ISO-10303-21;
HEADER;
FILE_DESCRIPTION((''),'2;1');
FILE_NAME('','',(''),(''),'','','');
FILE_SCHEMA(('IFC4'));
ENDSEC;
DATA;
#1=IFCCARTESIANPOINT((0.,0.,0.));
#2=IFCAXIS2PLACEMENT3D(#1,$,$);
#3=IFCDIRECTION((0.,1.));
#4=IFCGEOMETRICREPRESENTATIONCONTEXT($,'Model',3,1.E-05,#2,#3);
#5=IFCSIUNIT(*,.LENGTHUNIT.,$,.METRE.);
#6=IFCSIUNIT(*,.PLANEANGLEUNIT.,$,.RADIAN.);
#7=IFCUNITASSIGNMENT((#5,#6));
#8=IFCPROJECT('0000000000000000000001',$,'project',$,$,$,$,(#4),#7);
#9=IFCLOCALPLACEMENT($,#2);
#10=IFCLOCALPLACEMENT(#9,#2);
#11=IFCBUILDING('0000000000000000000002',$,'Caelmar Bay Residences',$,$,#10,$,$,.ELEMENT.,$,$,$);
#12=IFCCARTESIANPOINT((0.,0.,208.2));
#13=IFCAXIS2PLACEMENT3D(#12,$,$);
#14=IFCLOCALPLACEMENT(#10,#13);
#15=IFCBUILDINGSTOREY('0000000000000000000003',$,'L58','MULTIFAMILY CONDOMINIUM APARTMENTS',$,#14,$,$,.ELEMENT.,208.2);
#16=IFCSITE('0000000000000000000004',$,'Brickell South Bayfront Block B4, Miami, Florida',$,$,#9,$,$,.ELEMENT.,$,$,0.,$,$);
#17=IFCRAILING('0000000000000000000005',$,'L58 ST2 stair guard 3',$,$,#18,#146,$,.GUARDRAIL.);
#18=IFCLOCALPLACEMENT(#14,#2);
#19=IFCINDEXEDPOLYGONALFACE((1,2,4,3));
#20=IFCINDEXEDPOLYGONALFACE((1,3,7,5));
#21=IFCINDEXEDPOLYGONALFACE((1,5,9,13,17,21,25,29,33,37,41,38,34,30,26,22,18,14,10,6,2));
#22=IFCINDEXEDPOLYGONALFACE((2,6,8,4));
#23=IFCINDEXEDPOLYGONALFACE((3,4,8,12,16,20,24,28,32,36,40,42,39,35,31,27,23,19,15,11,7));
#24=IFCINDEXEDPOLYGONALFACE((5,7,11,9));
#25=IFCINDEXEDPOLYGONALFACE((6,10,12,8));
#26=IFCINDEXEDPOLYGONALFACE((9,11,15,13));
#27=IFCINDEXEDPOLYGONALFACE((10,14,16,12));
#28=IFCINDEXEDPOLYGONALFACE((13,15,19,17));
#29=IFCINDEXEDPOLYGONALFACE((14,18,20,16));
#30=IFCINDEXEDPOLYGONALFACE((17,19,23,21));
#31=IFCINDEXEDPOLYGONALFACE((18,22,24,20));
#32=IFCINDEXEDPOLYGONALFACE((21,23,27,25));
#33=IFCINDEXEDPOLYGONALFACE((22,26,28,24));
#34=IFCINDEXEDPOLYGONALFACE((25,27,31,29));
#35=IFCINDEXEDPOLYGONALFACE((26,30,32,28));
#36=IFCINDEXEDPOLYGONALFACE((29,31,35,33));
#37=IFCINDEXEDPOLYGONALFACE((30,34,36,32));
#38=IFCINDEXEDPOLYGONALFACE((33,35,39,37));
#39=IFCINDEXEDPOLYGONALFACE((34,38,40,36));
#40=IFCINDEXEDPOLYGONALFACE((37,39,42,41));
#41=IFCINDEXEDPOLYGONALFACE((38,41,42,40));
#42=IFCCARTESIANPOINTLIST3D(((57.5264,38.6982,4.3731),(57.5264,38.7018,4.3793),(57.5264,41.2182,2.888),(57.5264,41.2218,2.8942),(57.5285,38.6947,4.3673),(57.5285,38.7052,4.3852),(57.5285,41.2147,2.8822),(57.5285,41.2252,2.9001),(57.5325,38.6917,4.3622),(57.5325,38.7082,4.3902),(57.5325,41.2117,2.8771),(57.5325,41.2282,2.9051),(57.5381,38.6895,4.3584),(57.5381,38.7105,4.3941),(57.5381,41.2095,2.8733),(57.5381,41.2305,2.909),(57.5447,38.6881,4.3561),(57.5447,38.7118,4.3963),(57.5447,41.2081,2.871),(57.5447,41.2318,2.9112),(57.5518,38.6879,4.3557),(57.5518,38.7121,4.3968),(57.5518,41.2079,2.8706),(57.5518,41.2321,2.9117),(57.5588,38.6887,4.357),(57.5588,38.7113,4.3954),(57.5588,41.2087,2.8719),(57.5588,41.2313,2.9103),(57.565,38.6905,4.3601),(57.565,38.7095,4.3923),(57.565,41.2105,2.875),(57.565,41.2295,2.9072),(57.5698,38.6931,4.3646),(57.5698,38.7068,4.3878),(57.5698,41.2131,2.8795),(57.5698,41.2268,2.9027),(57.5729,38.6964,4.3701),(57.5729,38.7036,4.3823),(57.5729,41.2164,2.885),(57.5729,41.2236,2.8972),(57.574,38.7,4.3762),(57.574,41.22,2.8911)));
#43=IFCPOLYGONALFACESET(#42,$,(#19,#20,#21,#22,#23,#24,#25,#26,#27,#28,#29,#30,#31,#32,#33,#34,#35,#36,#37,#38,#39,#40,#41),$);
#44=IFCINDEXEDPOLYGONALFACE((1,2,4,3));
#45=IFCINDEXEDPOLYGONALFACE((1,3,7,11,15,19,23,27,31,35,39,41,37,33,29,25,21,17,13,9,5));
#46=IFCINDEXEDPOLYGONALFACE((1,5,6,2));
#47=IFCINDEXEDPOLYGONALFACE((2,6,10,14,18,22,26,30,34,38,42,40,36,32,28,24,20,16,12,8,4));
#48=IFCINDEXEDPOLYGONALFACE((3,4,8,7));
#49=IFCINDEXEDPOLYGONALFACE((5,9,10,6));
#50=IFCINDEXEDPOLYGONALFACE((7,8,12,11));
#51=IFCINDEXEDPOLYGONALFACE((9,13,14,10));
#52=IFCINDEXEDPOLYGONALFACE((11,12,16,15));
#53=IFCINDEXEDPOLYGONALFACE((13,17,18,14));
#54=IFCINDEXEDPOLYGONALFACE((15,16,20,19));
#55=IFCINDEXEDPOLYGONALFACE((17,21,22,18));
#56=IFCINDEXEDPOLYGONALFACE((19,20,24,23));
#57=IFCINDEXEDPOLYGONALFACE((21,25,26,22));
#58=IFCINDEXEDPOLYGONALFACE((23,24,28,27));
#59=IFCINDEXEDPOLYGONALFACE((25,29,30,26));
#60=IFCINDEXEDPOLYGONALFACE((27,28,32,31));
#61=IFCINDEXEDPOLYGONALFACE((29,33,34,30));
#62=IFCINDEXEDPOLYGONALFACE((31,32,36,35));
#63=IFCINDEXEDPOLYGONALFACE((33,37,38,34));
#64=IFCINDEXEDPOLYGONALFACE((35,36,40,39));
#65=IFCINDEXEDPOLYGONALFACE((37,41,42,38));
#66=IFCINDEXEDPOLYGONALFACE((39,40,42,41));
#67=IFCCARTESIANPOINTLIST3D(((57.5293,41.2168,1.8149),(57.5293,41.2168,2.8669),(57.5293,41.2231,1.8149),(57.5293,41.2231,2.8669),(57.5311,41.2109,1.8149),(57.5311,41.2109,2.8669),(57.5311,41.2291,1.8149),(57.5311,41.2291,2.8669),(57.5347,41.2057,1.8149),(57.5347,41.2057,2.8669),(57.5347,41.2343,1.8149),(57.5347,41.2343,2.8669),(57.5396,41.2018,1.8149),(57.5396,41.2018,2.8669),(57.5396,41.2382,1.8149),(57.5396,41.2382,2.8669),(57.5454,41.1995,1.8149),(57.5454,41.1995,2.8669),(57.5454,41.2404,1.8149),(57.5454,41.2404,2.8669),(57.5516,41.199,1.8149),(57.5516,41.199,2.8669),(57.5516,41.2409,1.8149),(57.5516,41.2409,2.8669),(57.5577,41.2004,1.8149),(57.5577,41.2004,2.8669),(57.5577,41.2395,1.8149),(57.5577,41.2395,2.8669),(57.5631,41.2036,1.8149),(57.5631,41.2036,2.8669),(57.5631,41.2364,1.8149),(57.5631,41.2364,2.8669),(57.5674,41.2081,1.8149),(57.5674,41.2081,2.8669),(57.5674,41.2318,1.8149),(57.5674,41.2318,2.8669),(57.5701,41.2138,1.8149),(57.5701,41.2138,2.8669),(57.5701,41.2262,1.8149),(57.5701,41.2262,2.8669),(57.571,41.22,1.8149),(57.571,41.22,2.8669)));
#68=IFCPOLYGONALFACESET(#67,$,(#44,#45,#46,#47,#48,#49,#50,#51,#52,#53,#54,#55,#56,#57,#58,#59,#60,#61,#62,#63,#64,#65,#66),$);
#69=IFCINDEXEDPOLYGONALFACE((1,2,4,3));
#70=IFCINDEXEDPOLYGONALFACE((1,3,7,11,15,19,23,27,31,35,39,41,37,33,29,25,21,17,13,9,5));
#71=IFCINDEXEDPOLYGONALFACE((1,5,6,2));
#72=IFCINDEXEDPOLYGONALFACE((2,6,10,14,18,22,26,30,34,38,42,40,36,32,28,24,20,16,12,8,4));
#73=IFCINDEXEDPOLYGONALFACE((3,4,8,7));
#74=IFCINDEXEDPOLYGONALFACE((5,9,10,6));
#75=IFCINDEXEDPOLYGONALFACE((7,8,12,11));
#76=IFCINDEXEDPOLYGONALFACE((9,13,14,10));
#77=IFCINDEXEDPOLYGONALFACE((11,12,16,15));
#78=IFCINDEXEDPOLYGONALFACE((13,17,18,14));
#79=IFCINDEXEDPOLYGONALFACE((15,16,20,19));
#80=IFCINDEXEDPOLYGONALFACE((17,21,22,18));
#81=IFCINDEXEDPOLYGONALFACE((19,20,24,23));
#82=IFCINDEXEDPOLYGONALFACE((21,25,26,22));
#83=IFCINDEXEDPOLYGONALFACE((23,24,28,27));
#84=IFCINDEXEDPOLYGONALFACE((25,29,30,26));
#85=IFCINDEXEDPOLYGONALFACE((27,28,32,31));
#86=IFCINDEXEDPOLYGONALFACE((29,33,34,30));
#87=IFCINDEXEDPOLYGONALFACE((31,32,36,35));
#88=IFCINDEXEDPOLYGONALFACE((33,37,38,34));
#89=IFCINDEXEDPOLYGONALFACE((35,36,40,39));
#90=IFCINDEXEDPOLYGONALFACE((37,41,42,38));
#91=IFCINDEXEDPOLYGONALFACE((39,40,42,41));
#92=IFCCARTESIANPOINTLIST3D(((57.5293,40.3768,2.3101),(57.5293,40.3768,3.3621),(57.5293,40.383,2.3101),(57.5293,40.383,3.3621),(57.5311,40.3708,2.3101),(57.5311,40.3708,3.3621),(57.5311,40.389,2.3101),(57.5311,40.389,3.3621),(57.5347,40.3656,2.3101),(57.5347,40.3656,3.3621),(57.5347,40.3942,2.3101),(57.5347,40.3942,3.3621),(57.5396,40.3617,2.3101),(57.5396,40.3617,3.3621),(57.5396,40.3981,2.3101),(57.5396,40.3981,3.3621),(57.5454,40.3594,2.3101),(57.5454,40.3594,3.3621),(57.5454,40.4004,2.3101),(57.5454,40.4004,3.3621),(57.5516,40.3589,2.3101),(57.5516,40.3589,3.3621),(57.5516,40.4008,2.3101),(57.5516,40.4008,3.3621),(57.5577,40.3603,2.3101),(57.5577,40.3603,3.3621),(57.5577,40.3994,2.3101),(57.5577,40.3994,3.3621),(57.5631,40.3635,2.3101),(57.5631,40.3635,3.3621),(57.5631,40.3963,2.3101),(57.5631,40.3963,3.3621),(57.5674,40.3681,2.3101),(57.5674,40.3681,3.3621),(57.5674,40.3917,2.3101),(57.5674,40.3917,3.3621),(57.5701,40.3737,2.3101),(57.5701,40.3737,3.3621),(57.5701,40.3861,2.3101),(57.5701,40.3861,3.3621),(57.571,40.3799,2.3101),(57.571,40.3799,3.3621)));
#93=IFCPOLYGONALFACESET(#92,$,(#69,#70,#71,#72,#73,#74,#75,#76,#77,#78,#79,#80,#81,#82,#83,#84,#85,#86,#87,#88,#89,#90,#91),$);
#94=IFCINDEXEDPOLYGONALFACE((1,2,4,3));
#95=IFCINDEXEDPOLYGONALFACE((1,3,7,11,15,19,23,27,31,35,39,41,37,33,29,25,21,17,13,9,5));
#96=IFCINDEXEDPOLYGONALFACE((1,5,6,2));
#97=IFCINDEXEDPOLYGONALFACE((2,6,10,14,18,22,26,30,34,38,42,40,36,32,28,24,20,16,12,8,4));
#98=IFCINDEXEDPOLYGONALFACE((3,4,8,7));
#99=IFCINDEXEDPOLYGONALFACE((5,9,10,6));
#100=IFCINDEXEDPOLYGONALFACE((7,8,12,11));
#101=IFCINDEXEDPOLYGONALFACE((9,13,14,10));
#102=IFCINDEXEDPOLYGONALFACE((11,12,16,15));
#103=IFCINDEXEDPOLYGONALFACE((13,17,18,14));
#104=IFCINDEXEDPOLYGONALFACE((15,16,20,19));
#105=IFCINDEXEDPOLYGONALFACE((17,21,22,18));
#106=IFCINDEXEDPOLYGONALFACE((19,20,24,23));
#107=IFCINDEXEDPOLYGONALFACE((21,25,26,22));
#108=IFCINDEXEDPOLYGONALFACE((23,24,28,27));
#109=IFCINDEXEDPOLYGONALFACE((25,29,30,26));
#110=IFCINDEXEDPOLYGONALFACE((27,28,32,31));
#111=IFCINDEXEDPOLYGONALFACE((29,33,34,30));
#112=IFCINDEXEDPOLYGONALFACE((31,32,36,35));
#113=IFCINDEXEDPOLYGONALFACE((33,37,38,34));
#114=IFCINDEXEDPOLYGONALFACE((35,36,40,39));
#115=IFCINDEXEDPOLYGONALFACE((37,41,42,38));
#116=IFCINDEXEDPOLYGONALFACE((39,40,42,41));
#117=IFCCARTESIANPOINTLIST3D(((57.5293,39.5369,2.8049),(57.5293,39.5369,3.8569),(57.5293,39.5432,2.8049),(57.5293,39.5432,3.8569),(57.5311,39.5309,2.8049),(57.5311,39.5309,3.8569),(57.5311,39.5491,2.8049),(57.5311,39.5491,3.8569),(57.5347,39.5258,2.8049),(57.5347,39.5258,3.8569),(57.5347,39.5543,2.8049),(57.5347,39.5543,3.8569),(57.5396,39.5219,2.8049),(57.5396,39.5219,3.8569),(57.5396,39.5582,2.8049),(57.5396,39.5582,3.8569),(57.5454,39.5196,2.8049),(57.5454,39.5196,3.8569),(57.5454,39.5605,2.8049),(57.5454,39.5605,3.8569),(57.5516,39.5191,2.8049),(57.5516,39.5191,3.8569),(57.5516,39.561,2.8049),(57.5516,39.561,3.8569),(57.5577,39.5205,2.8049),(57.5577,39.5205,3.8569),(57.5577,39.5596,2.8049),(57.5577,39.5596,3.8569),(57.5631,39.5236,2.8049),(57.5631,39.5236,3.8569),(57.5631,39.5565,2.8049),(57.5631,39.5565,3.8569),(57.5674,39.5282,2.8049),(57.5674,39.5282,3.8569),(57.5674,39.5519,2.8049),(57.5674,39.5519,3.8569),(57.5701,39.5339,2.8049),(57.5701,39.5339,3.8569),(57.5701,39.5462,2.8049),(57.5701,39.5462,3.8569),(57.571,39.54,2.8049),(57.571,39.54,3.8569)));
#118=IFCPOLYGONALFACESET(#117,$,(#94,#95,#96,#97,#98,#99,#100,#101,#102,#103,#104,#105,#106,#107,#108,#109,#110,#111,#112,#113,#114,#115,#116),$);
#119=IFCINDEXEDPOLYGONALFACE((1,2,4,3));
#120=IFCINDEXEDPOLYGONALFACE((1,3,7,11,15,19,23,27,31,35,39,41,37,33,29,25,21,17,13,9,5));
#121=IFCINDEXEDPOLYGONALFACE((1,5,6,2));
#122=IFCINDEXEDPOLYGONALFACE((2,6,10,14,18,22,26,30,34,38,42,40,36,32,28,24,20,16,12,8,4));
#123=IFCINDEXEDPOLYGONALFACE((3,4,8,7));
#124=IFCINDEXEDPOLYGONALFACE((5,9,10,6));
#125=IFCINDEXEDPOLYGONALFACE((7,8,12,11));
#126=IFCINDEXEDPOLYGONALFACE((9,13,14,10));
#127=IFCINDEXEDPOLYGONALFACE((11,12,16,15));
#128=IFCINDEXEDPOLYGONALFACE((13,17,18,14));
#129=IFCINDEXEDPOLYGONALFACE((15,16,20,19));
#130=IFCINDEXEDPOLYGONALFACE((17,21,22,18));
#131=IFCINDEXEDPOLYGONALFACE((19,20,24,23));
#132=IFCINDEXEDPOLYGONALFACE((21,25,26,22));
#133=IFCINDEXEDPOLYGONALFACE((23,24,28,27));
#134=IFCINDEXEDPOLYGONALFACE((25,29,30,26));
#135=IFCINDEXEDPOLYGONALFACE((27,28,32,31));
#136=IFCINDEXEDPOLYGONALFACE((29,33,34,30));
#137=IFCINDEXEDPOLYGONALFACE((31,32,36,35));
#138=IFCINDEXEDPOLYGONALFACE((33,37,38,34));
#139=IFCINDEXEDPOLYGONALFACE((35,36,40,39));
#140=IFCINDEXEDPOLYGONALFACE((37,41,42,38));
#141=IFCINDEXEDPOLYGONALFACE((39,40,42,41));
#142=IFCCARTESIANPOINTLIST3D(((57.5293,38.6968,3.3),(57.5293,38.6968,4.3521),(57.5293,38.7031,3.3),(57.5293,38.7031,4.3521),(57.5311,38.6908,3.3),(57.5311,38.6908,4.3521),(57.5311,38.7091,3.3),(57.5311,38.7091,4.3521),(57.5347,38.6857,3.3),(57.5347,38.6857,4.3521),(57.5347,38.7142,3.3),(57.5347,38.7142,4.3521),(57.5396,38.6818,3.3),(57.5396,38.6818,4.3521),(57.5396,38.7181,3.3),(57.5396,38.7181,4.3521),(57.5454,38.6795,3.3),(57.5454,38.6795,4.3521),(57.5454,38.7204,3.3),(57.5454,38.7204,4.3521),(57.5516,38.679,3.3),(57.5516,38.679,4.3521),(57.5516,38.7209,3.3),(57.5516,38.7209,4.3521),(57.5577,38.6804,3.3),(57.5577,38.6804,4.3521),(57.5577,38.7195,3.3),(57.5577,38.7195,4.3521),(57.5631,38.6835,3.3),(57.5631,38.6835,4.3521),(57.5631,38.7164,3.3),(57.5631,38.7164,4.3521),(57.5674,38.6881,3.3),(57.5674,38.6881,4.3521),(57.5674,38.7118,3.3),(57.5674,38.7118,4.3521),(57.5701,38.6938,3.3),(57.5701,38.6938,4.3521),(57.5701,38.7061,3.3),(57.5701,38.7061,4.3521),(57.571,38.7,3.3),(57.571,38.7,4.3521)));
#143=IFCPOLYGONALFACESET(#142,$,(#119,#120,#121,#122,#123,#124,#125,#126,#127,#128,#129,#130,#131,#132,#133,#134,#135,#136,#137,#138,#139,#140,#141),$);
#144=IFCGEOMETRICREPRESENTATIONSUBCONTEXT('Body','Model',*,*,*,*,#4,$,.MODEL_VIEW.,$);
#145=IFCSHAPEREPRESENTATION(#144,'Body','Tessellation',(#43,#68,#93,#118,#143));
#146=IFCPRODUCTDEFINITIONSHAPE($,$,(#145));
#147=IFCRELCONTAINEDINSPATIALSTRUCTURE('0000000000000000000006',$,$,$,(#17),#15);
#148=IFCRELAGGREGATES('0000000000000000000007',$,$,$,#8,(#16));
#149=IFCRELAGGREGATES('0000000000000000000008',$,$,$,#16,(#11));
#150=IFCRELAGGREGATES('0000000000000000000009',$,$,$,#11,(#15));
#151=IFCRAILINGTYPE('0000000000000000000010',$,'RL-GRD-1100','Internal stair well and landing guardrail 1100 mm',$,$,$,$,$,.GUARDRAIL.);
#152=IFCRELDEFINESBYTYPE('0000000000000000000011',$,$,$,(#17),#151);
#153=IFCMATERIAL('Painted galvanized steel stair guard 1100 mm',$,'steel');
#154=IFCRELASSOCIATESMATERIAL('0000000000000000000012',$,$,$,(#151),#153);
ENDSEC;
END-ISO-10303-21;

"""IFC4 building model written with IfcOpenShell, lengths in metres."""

from ifc_helpers import new_model, si_unit, direction, frame, origin, origin_2d, place, context, subcontext, project, spatial, circle, extrude, material, type_object, element, save


model = new_model("IFC4")

# Units and contexts
model_context = context("Model", 3, precision=1e-05, world=origin(), true_north=direction((0.0, 1.0)))
body_context = subcontext(model_context, "Body", "Model", "MODEL_VIEW")
ifc_project = project(units=[si_unit("LENGTHUNIT", "METRE"), si_unit("PLANEANGLEUNIT", "RADIAN")], contexts=[model_context])

# Site, building, storey
site_placement = place(None, origin())
site = spatial("IfcSite", under=ifc_project, at=site_placement, Name="Brickell South Bayfront Block B4, Miami, Florida", CompositionType="ELEMENT", RefElevation=0.0)
building_placement = place(site_placement, origin())
building = spatial("IfcBuilding", under=site, at=building_placement, Name="Caelmar Bay Residences", CompositionType="ELEMENT")
storey_placement = place(building_placement, frame((0.0, 0.0, 208.2)))
storey = spatial("IfcBuildingStorey", under=building, at=storey_placement, Name="L58", Description="MULTIFAMILY CONDOMINIUM APARTMENTS", CompositionType="ELEMENT", Elevation=208.2)

# Railing
ifc_material_1 = material(Name="Painted galvanized steel stair guard 1100 mm", Category="steel")
railing_type_1 = type_object("IfcRailingType", Name="RL-GRD-1100", Description="Internal stair well and landing guardrail 1100 mm", PredefinedType="GUARDRAIL", material=ifc_material_1)
railing_1_placement = place(storey_placement, frame((57.55, 41.22, 1.8149)))
element("IfcRailing", 1, at=railing_1_placement, inside=storey, type_object=railing_type_1, Name="L58 ST2 stair guard 3", PredefinedType="GUARDRAIL", context=body_context, shape_type="SweptSolid", body=[
    extrude(circle(Radius=0.0239, at=origin_2d()), frame((0.0, 0.0, 1.0762), z_axis=(0.0, -0.861524, 0.507717), x_axis=(1.0, 0.0, 0.0)), (0.0, 0.0, 1.0), 2.925),
    extrude(circle(Radius=0.021, at=origin_2d()), origin(), (0.0, 0.0, 1.0), 1.052),
    extrude(circle(Radius=0.021, at=origin_2d()), frame((0.0, -0.8401, 0.4951)), (0.0, 0.0, 1.0), 1.052),
    extrude(circle(Radius=0.021, at=origin_2d()), frame((0.0, -1.6799, 0.99)), (0.0, 0.0, 1.0), 1.052),
    extrude(circle(Radius=0.021, at=origin_2d()), frame((0.0, -2.52, 1.4851)), (0.0, 0.0, 1.0), 1.052),
])

save(model, "model.ifc")
